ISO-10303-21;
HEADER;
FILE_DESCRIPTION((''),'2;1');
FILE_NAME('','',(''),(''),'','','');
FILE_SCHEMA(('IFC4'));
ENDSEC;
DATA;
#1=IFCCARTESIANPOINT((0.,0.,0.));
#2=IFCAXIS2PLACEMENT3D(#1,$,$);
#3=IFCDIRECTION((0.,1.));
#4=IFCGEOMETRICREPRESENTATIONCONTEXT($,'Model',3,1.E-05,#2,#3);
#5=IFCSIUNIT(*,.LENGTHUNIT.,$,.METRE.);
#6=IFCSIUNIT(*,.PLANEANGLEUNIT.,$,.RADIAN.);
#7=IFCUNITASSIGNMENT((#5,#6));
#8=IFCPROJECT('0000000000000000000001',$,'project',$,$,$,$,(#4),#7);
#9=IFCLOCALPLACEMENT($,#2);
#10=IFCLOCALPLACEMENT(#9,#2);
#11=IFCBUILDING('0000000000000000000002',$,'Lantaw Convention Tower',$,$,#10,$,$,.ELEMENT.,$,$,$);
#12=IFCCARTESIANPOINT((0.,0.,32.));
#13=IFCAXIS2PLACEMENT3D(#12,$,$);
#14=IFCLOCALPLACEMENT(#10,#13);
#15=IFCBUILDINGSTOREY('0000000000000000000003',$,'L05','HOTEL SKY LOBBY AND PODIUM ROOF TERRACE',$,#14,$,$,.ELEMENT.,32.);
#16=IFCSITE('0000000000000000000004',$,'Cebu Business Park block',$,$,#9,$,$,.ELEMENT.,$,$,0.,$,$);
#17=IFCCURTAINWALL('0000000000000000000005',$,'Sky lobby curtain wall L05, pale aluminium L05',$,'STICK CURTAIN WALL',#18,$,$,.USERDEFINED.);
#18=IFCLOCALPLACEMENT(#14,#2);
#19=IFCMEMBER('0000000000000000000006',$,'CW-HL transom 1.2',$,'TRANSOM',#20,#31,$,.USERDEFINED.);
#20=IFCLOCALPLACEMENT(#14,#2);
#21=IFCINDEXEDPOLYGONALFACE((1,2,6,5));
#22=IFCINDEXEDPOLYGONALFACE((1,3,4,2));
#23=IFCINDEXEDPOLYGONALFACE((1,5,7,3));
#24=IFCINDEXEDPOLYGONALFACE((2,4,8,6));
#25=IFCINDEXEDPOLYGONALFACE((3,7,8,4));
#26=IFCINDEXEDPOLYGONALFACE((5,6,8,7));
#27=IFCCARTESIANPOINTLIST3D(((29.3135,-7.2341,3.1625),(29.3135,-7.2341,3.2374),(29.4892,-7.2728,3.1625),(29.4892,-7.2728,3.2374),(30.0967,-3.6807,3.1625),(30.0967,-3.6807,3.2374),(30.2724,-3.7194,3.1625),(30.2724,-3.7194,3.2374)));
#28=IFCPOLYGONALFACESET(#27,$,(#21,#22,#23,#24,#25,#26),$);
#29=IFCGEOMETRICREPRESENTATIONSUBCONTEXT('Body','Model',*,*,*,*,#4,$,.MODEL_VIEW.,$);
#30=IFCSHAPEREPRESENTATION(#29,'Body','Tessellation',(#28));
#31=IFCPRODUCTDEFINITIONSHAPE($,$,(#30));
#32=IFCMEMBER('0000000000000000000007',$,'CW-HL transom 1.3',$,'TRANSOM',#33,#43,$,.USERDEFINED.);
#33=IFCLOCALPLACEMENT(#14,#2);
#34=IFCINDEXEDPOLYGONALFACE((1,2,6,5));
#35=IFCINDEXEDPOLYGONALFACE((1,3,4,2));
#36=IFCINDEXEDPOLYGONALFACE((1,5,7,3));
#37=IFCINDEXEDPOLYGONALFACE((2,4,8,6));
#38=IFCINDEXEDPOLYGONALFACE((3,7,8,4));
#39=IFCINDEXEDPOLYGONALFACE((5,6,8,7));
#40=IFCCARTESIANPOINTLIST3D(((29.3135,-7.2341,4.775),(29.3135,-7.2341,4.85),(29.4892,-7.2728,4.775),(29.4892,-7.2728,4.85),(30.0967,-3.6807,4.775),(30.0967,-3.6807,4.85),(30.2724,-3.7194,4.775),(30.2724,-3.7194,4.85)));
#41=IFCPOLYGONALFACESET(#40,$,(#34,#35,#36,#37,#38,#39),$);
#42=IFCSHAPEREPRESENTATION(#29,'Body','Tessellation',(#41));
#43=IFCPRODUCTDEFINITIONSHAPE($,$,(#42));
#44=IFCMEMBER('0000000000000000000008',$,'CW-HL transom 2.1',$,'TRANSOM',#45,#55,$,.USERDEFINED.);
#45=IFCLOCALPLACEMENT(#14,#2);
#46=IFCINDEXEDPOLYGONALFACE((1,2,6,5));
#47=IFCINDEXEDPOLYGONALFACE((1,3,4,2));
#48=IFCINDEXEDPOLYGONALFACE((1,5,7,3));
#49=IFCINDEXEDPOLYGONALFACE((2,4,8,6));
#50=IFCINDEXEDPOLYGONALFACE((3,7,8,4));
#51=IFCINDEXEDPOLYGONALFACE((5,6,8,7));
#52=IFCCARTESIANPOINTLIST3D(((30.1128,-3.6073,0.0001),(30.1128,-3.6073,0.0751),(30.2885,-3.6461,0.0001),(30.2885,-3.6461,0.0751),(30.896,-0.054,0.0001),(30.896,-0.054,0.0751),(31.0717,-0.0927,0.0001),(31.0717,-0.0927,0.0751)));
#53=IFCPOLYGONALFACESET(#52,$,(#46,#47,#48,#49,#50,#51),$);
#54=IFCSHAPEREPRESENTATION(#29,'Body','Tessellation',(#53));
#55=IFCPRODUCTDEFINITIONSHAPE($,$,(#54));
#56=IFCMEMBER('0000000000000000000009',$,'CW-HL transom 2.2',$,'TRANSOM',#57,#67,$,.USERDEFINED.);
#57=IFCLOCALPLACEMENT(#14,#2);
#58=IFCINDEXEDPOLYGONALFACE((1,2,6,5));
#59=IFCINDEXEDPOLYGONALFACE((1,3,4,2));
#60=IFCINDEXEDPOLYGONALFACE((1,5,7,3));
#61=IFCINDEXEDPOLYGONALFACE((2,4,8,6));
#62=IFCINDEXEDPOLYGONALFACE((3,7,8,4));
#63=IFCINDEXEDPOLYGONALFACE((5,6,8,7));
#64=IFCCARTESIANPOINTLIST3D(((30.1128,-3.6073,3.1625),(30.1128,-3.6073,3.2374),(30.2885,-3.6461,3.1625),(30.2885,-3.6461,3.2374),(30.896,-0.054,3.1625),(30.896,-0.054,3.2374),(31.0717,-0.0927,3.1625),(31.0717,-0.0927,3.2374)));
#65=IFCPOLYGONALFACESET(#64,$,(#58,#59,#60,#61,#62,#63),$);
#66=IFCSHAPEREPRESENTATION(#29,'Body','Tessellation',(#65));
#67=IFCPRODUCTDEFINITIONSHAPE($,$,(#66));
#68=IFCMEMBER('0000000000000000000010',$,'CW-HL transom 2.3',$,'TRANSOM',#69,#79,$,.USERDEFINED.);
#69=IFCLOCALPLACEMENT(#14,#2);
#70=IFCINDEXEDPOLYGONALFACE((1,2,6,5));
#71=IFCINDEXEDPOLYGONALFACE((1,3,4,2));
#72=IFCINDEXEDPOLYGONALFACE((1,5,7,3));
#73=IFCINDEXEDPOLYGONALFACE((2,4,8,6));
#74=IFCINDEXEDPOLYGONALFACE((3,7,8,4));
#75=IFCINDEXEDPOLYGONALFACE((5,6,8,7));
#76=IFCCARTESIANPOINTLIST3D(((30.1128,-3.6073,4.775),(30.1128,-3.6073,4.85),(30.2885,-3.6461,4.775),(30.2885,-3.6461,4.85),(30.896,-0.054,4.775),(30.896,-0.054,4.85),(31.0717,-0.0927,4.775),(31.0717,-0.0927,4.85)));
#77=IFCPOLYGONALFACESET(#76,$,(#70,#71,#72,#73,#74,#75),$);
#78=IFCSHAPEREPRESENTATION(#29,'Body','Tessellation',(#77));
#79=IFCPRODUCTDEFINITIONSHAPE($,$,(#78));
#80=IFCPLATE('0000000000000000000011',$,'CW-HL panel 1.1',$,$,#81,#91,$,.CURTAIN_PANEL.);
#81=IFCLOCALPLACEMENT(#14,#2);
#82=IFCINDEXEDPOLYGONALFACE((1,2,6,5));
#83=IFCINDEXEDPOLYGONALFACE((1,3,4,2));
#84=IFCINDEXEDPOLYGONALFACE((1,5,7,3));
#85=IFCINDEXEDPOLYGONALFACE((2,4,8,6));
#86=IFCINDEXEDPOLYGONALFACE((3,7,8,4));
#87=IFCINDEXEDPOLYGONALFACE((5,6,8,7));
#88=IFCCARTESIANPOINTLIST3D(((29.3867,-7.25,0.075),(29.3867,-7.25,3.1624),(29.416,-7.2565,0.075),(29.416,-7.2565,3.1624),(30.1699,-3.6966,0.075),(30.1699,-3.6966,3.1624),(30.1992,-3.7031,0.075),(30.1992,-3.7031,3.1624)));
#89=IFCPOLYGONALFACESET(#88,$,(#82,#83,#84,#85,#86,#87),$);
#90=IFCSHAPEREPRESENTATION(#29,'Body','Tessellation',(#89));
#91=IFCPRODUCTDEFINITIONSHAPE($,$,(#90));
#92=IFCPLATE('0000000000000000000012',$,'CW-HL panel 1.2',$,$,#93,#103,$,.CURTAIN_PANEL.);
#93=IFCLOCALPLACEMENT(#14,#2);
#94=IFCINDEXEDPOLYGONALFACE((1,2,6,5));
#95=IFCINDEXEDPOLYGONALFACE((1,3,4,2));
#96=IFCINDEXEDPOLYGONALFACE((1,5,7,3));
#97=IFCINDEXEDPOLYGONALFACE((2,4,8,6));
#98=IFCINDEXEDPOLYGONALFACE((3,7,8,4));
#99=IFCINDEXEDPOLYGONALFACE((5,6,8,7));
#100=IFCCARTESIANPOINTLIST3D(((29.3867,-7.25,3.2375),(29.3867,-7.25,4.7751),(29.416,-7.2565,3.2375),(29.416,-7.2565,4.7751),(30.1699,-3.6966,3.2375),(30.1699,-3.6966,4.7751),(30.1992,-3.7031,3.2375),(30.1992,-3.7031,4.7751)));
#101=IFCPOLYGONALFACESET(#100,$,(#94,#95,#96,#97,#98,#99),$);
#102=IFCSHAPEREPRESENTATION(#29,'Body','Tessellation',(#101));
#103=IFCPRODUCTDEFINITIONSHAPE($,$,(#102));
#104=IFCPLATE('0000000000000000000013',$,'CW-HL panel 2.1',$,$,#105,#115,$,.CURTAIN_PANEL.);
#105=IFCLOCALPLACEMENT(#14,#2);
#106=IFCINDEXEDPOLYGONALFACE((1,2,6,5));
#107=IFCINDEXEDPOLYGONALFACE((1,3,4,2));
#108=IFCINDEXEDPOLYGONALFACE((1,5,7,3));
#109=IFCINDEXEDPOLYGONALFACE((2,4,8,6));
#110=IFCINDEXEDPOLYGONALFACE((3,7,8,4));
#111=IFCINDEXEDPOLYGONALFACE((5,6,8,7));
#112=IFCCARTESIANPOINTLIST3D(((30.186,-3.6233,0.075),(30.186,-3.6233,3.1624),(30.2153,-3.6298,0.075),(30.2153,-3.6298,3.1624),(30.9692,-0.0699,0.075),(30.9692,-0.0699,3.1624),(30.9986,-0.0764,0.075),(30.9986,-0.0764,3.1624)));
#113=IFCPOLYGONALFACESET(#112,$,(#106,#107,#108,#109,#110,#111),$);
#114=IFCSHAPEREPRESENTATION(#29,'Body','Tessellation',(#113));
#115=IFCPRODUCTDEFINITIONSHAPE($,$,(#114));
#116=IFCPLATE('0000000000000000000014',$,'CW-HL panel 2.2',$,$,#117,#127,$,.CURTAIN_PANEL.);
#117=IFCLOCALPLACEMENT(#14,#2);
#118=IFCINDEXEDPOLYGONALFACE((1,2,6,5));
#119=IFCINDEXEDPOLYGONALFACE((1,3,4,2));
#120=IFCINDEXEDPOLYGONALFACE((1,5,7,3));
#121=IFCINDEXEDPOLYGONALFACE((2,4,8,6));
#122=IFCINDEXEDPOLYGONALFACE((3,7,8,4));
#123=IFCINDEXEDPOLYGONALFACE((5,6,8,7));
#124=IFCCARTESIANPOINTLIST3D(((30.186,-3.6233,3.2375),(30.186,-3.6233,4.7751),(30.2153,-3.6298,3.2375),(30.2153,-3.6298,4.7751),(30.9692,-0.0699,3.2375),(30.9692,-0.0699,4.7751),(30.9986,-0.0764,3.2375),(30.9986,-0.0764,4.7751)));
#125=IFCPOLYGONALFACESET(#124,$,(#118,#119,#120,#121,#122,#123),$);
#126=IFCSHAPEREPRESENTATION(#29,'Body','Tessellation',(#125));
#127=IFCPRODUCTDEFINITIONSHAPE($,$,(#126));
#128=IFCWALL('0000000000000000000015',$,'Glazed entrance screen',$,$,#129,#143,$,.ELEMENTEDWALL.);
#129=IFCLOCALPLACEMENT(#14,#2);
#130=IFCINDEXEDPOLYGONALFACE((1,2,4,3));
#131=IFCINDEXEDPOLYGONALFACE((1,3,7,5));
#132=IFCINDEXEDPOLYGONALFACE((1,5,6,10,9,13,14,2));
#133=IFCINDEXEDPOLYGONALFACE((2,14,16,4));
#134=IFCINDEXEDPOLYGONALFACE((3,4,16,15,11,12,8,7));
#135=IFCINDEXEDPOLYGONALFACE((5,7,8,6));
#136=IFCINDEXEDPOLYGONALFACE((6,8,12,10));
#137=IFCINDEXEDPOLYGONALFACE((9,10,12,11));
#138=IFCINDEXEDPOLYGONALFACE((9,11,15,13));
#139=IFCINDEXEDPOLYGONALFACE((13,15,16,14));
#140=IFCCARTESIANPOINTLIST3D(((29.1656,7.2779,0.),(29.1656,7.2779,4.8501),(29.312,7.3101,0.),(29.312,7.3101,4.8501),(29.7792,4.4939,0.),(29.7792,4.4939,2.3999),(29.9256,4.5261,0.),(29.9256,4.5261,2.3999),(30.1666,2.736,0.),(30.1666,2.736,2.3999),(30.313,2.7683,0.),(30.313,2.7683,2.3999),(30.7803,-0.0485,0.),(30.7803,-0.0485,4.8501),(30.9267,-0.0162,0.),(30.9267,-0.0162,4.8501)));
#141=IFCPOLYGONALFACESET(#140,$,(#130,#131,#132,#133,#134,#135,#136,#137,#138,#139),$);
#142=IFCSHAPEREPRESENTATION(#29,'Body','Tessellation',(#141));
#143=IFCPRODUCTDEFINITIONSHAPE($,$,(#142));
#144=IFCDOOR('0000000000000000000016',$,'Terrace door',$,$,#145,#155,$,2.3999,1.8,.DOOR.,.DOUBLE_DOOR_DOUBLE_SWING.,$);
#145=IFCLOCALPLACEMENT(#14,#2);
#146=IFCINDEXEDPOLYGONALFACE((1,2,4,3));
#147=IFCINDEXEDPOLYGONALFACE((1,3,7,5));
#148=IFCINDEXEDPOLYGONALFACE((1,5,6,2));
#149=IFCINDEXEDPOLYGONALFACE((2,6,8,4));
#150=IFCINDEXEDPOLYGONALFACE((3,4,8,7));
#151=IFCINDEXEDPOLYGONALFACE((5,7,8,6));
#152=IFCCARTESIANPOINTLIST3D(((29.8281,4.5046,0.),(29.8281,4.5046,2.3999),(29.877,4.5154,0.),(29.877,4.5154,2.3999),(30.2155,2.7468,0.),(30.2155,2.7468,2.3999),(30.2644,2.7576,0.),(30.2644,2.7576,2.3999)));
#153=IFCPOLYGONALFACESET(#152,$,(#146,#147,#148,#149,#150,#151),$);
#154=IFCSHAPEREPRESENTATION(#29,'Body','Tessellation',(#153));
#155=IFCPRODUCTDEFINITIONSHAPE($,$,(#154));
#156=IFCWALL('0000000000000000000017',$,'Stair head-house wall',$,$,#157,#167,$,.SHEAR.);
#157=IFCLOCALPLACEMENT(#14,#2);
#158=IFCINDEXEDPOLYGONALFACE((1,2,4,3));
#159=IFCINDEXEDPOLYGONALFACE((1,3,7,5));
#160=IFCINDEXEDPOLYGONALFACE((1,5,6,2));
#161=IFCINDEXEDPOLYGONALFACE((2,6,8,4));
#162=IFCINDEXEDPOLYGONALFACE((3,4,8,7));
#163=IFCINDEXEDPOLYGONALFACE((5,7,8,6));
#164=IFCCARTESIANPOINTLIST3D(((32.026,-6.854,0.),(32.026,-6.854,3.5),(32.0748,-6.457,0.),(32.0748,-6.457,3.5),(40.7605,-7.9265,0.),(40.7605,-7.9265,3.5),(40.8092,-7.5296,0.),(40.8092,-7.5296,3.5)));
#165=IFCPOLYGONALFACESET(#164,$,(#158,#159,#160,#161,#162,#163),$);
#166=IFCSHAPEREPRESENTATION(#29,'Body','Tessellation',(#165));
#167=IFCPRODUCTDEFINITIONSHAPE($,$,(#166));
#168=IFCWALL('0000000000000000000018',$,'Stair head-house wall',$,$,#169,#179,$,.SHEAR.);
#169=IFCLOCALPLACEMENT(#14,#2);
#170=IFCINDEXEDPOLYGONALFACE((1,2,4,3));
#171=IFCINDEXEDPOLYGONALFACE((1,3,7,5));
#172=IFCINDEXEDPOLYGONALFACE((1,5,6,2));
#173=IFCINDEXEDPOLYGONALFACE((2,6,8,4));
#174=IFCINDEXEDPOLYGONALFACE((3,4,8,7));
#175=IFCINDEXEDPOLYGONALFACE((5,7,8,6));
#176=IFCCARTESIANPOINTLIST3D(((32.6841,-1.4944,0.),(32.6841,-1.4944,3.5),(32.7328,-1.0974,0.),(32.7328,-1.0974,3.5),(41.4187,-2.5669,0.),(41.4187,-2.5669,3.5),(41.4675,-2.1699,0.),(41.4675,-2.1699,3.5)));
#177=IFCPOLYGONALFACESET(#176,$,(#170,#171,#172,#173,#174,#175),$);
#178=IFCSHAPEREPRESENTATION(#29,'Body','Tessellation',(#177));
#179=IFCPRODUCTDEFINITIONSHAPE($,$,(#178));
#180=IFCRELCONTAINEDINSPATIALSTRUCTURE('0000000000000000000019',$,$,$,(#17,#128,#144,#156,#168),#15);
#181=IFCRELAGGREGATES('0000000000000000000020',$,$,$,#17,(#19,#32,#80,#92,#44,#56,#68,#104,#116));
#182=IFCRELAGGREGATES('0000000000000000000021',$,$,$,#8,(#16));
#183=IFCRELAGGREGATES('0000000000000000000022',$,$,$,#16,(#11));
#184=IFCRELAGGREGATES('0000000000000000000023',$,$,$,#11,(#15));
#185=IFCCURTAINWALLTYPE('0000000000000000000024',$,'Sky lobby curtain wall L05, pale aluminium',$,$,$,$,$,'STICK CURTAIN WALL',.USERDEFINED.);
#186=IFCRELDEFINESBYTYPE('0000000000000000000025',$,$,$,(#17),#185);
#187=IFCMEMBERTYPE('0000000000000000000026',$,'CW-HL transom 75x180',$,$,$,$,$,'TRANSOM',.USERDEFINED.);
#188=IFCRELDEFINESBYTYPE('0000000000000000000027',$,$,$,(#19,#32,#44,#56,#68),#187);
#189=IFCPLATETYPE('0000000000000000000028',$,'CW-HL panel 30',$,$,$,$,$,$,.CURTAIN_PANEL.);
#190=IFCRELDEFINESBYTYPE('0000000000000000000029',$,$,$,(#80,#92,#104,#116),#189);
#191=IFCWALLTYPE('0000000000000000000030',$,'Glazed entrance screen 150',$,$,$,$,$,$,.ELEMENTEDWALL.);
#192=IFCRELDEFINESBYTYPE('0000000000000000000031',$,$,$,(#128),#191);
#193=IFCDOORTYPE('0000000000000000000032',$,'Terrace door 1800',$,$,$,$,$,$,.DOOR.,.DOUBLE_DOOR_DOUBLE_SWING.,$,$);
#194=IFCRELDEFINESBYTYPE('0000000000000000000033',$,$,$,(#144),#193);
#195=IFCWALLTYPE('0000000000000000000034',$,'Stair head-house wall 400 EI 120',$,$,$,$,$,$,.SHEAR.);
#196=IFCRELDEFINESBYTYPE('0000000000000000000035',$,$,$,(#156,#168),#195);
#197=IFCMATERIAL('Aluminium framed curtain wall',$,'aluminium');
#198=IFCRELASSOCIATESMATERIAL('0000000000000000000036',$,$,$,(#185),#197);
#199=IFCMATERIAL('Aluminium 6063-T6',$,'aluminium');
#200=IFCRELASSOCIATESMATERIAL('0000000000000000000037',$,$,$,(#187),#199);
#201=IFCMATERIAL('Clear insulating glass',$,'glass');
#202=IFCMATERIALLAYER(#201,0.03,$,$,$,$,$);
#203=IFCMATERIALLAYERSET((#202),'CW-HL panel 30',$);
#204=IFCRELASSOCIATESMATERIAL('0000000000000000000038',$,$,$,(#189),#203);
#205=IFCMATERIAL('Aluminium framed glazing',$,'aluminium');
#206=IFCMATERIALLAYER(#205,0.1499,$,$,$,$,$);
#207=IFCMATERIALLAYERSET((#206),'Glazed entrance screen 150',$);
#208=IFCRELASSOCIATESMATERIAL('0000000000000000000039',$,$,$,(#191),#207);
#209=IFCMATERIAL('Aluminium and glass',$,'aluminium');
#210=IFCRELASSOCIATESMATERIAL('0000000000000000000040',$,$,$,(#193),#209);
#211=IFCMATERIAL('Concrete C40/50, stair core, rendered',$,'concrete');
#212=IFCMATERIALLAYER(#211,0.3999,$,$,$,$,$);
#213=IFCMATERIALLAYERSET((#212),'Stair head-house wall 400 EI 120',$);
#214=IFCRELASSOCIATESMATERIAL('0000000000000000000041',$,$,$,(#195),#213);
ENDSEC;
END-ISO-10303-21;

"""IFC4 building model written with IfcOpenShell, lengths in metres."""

from ifc_helpers import new_model, si_unit, direction, frame, frame_2d, origin, origin_2d, place, context, subcontext, project, spatial, rectangle, extrude, material, layer, layer_set, material_profile, profile_set, type_object, element, fill, aggregate, save


model = new_model("IFC4")

# Units and contexts
model_context = context("Model", 3, precision=1e-05, world=origin(), true_north=direction((0.0, 1.0)))
body_context = subcontext(model_context, "Body", "Model", "MODEL_VIEW")
ifc_project = project(units=[si_unit("LENGTHUNIT", "METRE"), si_unit("PLANEANGLEUNIT", "RADIAN")], contexts=[model_context])

# Site, building, storey
site_placement = place(None, origin())
site = spatial("IfcSite", under=ifc_project, at=site_placement, Name="Cebu Business Park block", CompositionType="ELEMENT", RefElevation=0.0)
building_placement = place(site_placement, origin())
building = spatial("IfcBuilding", under=site, at=building_placement, Name="Lantaw Convention Tower", CompositionType="ELEMENT")
storey_placement = place(building_placement, frame((0.0, 0.0, 32.0)))
storey = spatial("IfcBuildingStorey", under=building, at=storey_placement, Name="L05", Description="HOTEL SKY LOBBY AND PODIUM ROOF TERRACE", CompositionType="ELEMENT", Elevation=32.0)

# Shared definitions
ifc_material_1 = material(Name="Aluminium framed curtain wall", Category="aluminium")
curtain_wall_type = type_object("IfcCurtainWallType", Name="Sky lobby curtain wall L05, pale aluminium", ElementType="STICK CURTAIN WALL", PredefinedType="USERDEFINED", material=ifc_material_1)
ifc_material_2 = material(Name="Aluminium 6063-T6", Category="aluminium")

# Curtain wall, members, plates
curtain_wall_1_placement = place(storey_placement, origin())
curtain_wall_1 = element("IfcCurtainWall", 1, at=curtain_wall_1_placement, inside=storey, type_object=curtain_wall_type, Name="Sky lobby curtain wall L05, pale aluminium L05", ObjectType="STICK CURTAIN WALL", PredefinedType="USERDEFINED")
ifc_material_profile_1 = material_profile(ifc_material_2, rectangle(XDim=0.1799, YDim=0.075, at=origin_2d()), Name="CW-HL transom 75x180")
ifc_profile_set_1 = profile_set([ifc_material_profile_1], Name="Aluminium 6063-T6")
member_type_1 = type_object("IfcMemberType", Name="CW-HL transom 75x180", ElementType="TRANSOM", PredefinedType="USERDEFINED", material=ifc_profile_set_1)
member_1_placement = place(storey_placement, frame((29.4014, -7.2534, 3.2), z_axis=(0.215239, 0.976561, 0.0), x_axis=(-0.976561, 0.215239, 0.0)))
member_1 = element("IfcMember", 2, at=member_1_placement, type_object=member_type_1, Name="CW-HL transom 1.2", ObjectType="TRANSOM", PredefinedType="USERDEFINED", context=body_context, shape_type="SweptSolid", body=[
    extrude(rectangle(XDim=0.1799, YDim=0.075, at=origin_2d()), origin(), (0.0, 0.0, 1.0), 3.6387),
])
member_2_placement = place(storey_placement, frame((29.4014, -7.2534, 4.8125), z_axis=(0.215239, 0.976561, 0.0), x_axis=(-0.976561, 0.215239, 0.0)))
member_2 = element("IfcMember", 3, at=member_2_placement, type_object=member_type_1, Name="CW-HL transom 1.3", ObjectType="TRANSOM", PredefinedType="USERDEFINED", context=body_context, shape_type="SweptSolid", body=[
    extrude(rectangle(XDim=0.1799, YDim=0.075, at=origin_2d()), origin(), (0.0, 0.0, 1.0), 3.6387),
])
member_3_placement = place(storey_placement, frame((30.2007, -3.6267, 0.0376), z_axis=(0.215239, 0.976561, 0.0), x_axis=(-0.976561, 0.215239, 0.0)))
member_3 = element("IfcMember", 4, at=member_3_placement, type_object=member_type_1, Name="CW-HL transom 2.1", ObjectType="TRANSOM", PredefinedType="USERDEFINED", context=body_context, shape_type="SweptSolid", body=[
    extrude(rectangle(XDim=0.1799, YDim=0.075, at=origin_2d()), origin(), (0.0, 0.0, 1.0), 3.6387),
])
member_4_placement = place(storey_placement, frame((30.2007, -3.6267, 3.2), z_axis=(0.215239, 0.976561, 0.0), x_axis=(-0.976561, 0.215239, 0.0)))
member_4 = element("IfcMember", 5, at=member_4_placement, type_object=member_type_1, Name="CW-HL transom 2.2", ObjectType="TRANSOM", PredefinedType="USERDEFINED", context=body_context, shape_type="SweptSolid", body=[
    extrude(rectangle(XDim=0.1799, YDim=0.075, at=origin_2d()), origin(), (0.0, 0.0, 1.0), 3.6387),
])
member_5_placement = place(storey_placement, frame((30.2007, -3.6267, 4.8125), z_axis=(0.215239, 0.976561, 0.0), x_axis=(-0.976561, 0.215239, 0.0)))
member_5 = element("IfcMember", 6, at=member_5_placement, type_object=member_type_1, Name="CW-HL transom 2.3", ObjectType="TRANSOM", PredefinedType="USERDEFINED", context=body_context, shape_type="SweptSolid", body=[
    extrude(rectangle(XDim=0.1799, YDim=0.075, at=origin_2d()), origin(), (0.0, 0.0, 1.0), 3.6387),
])
ifc_material_3 = material(Name="Clear insulating glass", Category="glass")
ifc_layer_1 = layer(ifc_material_3, 0.03)
ifc_layer_set_1 = layer_set([ifc_layer_1], Name="CW-HL panel 30")
plate_type = type_object("IfcPlateType", Name="CW-HL panel 30", PredefinedType="CURTAIN_PANEL", material=ifc_layer_set_1)
plate_1_placement = place(storey_placement, frame((29.793, -5.4766, 0.075), z_axis=(0.0, 0.0, 1.0), x_axis=(0.215246, 0.97656, 0.0)))
plate_1 = element("IfcPlate", 7, at=plate_1_placement, type_object=plate_type, Name="CW-HL panel 1.1", PredefinedType="CURTAIN_PANEL", context=body_context, shape_type="SweptSolid", body=[
    extrude(rectangle(XDim=3.6387, YDim=0.03, at=origin_2d()), origin(), (0.0, 0.0, 1.0), 3.0874),
])
plate_2_placement = place(storey_placement, frame((29.793, -5.4766, 3.2375), z_axis=(0.0, 0.0, 1.0), x_axis=(0.215246, 0.97656, 0.0)))
plate_2 = element("IfcPlate", 8, at=plate_2_placement, type_object=plate_type, Name="CW-HL panel 1.2", PredefinedType="CURTAIN_PANEL", context=body_context, shape_type="SweptSolid", body=[
    extrude(rectangle(XDim=3.6387, YDim=0.03, at=origin_2d()), origin(), (0.0, 0.0, 1.0), 1.5376),
])
plate_3_placement = place(storey_placement, frame((30.5923, -1.8499, 0.075), z_axis=(0.0, 0.0, 1.0), x_axis=(0.215246, 0.97656, 0.0)))
plate_3 = element("IfcPlate", 9, at=plate_3_placement, type_object=plate_type, Name="CW-HL panel 2.1", PredefinedType="CURTAIN_PANEL", context=body_context, shape_type="SweptSolid", body=[
    extrude(rectangle(XDim=3.6387, YDim=0.03, at=origin_2d()), origin(), (0.0, 0.0, 1.0), 3.0874),
])
plate_4_placement = place(storey_placement, frame((30.5923, -1.8499, 3.2375), z_axis=(0.0, 0.0, 1.0), x_axis=(0.215246, 0.97656, 0.0)))
plate_4 = element("IfcPlate", 10, at=plate_4_placement, type_object=plate_type, Name="CW-HL panel 2.2", PredefinedType="CURTAIN_PANEL", context=body_context, shape_type="SweptSolid", body=[
    extrude(rectangle(XDim=3.6387, YDim=0.03, at=origin_2d()), origin(), (0.0, 0.0, 1.0), 1.5376),
])
aggregate(curtain_wall_1, [member_1, member_2, plate_1, plate_2, member_3, member_4, member_5, plate_3, plate_4])

# Wall, opening, door
ifc_material_4 = material(Name="Aluminium framed glazing", Category="aluminium")
ifc_layer_2 = layer(ifc_material_4, 0.1499)
ifc_layer_set_2 = layer_set([ifc_layer_2], Name="Glazed entrance screen 150")
wall_type_1 = type_object("IfcWallType", Name="Glazed entrance screen 150", PredefinedType="ELEMENTEDWALL", material=ifc_layer_set_2)
wall_1_placement = place(storey_placement, frame((30.8535, -0.0322, 0.0), z_axis=(0.0, 0.0, 1.0), x_axis=(-0.215235, 0.976562, 0.0)))
wall_1 = element("IfcWall", 11, at=wall_1_placement, inside=storey, type_object=wall_type_1, Name="Glazed entrance screen", PredefinedType="ELEMENTEDWALL", context=body_context, shape_type="SweptSolid", body=[
    extrude(rectangle(XDim=7.5022, YDim=0.1499, at=frame_2d((3.751, 0.0))), origin(), (0.0, 0.0, 1.0), 4.8501),
])
opening_1_placement = place(wall_1_placement, frame((2.8513, 0.0, 0.0)))
opening_1 = element("IfcOpeningElement", 12, at=opening_1_placement, cuts=wall_1, PredefinedType="OPENING", context=body_context, shape_type="SweptSolid", body=[
    extrude(rectangle(XDim=1.8, YDim=2.3999, at=frame_2d((0.8999, 1.2))), frame((0.0, 0.085, 0.0), z_axis=(0.0, -1.0, 0.0), x_axis=(1.0, 0.0, 0.0)), (0.0, 0.0, 1.0), 0.1699),
])
ifc_material_5 = material(Name="Aluminium and glass", Category="aluminium")
door_type_1 = type_object("IfcDoorType", Name="Terrace door 1800", OperationType="DOUBLE_DOOR_DOUBLE_SWING", PredefinedType="DOOR", material=ifc_material_5)
door_1_placement = place(opening_1_placement, origin())
door_1 = element("IfcDoor", 13, at=door_1_placement, inside=storey, type_object=door_type_1, Name="Terrace door", OperationType="DOUBLE_DOOR_DOUBLE_SWING", OverallHeight=2.3999, OverallWidth=1.8, PredefinedType="DOOR", context=body_context, shape_type="SweptSolid", body=[
    extrude(rectangle(XDim=1.8, YDim=2.3999, at=frame_2d((0.8999, 1.2))), frame((0.0, 0.0249, 0.0), z_axis=(0.0, -1.0, 0.0), x_axis=(1.0, 0.0, 0.0)), (0.0, 0.0, 1.0), 0.05),
])
fill(opening_1, door_1)

# Walls
ifc_material_6 = material(Name="Concrete C40/50, stair core, rendered", Category="concrete")
ifc_layer_3 = layer(ifc_material_6, 0.3999)
ifc_layer_set_3 = layer_set([ifc_layer_3], Name="Stair head-house wall 400 EI 120")
wall_type_2 = type_object("IfcWallType", Name="Stair head-house wall 400 EI 120", PredefinedType="SHEAR", material=ifc_layer_set_3)
wall_2_placement = place(storey_placement, frame((32.0505, -6.6555, 0.0), z_axis=(0.0, 0.0, 1.0), x_axis=(0.992545, -0.121876, 0.0)))
element("IfcWall", 14, at=wall_2_placement, inside=storey, type_object=wall_type_2, Name="Stair head-house wall", PredefinedType="SHEAR", context=body_context, shape_type="SweptSolid", body=[
    extrude(rectangle(XDim=8.8, YDim=0.3999, at=frame_2d((4.3999, 0.0))), origin(), (0.0, 0.0, 1.0), 3.5),
])
wall_3_placement = place(storey_placement, frame((41.4431, -2.3684, 0.0), z_axis=(0.0, 0.0, 1.0), x_axis=(-0.992546, 0.121873, 0.0)))
element("IfcWall", 15, at=wall_3_placement, inside=storey, type_object=wall_type_2, Name="Stair head-house wall", PredefinedType="SHEAR", context=body_context, shape_type="SweptSolid", body=[
    extrude(rectangle(XDim=8.8003, YDim=0.3999, at=frame_2d((4.4001, 0.0))), origin(), (0.0, 0.0, 1.0), 3.5),
])

save(model, "model.ifc")
